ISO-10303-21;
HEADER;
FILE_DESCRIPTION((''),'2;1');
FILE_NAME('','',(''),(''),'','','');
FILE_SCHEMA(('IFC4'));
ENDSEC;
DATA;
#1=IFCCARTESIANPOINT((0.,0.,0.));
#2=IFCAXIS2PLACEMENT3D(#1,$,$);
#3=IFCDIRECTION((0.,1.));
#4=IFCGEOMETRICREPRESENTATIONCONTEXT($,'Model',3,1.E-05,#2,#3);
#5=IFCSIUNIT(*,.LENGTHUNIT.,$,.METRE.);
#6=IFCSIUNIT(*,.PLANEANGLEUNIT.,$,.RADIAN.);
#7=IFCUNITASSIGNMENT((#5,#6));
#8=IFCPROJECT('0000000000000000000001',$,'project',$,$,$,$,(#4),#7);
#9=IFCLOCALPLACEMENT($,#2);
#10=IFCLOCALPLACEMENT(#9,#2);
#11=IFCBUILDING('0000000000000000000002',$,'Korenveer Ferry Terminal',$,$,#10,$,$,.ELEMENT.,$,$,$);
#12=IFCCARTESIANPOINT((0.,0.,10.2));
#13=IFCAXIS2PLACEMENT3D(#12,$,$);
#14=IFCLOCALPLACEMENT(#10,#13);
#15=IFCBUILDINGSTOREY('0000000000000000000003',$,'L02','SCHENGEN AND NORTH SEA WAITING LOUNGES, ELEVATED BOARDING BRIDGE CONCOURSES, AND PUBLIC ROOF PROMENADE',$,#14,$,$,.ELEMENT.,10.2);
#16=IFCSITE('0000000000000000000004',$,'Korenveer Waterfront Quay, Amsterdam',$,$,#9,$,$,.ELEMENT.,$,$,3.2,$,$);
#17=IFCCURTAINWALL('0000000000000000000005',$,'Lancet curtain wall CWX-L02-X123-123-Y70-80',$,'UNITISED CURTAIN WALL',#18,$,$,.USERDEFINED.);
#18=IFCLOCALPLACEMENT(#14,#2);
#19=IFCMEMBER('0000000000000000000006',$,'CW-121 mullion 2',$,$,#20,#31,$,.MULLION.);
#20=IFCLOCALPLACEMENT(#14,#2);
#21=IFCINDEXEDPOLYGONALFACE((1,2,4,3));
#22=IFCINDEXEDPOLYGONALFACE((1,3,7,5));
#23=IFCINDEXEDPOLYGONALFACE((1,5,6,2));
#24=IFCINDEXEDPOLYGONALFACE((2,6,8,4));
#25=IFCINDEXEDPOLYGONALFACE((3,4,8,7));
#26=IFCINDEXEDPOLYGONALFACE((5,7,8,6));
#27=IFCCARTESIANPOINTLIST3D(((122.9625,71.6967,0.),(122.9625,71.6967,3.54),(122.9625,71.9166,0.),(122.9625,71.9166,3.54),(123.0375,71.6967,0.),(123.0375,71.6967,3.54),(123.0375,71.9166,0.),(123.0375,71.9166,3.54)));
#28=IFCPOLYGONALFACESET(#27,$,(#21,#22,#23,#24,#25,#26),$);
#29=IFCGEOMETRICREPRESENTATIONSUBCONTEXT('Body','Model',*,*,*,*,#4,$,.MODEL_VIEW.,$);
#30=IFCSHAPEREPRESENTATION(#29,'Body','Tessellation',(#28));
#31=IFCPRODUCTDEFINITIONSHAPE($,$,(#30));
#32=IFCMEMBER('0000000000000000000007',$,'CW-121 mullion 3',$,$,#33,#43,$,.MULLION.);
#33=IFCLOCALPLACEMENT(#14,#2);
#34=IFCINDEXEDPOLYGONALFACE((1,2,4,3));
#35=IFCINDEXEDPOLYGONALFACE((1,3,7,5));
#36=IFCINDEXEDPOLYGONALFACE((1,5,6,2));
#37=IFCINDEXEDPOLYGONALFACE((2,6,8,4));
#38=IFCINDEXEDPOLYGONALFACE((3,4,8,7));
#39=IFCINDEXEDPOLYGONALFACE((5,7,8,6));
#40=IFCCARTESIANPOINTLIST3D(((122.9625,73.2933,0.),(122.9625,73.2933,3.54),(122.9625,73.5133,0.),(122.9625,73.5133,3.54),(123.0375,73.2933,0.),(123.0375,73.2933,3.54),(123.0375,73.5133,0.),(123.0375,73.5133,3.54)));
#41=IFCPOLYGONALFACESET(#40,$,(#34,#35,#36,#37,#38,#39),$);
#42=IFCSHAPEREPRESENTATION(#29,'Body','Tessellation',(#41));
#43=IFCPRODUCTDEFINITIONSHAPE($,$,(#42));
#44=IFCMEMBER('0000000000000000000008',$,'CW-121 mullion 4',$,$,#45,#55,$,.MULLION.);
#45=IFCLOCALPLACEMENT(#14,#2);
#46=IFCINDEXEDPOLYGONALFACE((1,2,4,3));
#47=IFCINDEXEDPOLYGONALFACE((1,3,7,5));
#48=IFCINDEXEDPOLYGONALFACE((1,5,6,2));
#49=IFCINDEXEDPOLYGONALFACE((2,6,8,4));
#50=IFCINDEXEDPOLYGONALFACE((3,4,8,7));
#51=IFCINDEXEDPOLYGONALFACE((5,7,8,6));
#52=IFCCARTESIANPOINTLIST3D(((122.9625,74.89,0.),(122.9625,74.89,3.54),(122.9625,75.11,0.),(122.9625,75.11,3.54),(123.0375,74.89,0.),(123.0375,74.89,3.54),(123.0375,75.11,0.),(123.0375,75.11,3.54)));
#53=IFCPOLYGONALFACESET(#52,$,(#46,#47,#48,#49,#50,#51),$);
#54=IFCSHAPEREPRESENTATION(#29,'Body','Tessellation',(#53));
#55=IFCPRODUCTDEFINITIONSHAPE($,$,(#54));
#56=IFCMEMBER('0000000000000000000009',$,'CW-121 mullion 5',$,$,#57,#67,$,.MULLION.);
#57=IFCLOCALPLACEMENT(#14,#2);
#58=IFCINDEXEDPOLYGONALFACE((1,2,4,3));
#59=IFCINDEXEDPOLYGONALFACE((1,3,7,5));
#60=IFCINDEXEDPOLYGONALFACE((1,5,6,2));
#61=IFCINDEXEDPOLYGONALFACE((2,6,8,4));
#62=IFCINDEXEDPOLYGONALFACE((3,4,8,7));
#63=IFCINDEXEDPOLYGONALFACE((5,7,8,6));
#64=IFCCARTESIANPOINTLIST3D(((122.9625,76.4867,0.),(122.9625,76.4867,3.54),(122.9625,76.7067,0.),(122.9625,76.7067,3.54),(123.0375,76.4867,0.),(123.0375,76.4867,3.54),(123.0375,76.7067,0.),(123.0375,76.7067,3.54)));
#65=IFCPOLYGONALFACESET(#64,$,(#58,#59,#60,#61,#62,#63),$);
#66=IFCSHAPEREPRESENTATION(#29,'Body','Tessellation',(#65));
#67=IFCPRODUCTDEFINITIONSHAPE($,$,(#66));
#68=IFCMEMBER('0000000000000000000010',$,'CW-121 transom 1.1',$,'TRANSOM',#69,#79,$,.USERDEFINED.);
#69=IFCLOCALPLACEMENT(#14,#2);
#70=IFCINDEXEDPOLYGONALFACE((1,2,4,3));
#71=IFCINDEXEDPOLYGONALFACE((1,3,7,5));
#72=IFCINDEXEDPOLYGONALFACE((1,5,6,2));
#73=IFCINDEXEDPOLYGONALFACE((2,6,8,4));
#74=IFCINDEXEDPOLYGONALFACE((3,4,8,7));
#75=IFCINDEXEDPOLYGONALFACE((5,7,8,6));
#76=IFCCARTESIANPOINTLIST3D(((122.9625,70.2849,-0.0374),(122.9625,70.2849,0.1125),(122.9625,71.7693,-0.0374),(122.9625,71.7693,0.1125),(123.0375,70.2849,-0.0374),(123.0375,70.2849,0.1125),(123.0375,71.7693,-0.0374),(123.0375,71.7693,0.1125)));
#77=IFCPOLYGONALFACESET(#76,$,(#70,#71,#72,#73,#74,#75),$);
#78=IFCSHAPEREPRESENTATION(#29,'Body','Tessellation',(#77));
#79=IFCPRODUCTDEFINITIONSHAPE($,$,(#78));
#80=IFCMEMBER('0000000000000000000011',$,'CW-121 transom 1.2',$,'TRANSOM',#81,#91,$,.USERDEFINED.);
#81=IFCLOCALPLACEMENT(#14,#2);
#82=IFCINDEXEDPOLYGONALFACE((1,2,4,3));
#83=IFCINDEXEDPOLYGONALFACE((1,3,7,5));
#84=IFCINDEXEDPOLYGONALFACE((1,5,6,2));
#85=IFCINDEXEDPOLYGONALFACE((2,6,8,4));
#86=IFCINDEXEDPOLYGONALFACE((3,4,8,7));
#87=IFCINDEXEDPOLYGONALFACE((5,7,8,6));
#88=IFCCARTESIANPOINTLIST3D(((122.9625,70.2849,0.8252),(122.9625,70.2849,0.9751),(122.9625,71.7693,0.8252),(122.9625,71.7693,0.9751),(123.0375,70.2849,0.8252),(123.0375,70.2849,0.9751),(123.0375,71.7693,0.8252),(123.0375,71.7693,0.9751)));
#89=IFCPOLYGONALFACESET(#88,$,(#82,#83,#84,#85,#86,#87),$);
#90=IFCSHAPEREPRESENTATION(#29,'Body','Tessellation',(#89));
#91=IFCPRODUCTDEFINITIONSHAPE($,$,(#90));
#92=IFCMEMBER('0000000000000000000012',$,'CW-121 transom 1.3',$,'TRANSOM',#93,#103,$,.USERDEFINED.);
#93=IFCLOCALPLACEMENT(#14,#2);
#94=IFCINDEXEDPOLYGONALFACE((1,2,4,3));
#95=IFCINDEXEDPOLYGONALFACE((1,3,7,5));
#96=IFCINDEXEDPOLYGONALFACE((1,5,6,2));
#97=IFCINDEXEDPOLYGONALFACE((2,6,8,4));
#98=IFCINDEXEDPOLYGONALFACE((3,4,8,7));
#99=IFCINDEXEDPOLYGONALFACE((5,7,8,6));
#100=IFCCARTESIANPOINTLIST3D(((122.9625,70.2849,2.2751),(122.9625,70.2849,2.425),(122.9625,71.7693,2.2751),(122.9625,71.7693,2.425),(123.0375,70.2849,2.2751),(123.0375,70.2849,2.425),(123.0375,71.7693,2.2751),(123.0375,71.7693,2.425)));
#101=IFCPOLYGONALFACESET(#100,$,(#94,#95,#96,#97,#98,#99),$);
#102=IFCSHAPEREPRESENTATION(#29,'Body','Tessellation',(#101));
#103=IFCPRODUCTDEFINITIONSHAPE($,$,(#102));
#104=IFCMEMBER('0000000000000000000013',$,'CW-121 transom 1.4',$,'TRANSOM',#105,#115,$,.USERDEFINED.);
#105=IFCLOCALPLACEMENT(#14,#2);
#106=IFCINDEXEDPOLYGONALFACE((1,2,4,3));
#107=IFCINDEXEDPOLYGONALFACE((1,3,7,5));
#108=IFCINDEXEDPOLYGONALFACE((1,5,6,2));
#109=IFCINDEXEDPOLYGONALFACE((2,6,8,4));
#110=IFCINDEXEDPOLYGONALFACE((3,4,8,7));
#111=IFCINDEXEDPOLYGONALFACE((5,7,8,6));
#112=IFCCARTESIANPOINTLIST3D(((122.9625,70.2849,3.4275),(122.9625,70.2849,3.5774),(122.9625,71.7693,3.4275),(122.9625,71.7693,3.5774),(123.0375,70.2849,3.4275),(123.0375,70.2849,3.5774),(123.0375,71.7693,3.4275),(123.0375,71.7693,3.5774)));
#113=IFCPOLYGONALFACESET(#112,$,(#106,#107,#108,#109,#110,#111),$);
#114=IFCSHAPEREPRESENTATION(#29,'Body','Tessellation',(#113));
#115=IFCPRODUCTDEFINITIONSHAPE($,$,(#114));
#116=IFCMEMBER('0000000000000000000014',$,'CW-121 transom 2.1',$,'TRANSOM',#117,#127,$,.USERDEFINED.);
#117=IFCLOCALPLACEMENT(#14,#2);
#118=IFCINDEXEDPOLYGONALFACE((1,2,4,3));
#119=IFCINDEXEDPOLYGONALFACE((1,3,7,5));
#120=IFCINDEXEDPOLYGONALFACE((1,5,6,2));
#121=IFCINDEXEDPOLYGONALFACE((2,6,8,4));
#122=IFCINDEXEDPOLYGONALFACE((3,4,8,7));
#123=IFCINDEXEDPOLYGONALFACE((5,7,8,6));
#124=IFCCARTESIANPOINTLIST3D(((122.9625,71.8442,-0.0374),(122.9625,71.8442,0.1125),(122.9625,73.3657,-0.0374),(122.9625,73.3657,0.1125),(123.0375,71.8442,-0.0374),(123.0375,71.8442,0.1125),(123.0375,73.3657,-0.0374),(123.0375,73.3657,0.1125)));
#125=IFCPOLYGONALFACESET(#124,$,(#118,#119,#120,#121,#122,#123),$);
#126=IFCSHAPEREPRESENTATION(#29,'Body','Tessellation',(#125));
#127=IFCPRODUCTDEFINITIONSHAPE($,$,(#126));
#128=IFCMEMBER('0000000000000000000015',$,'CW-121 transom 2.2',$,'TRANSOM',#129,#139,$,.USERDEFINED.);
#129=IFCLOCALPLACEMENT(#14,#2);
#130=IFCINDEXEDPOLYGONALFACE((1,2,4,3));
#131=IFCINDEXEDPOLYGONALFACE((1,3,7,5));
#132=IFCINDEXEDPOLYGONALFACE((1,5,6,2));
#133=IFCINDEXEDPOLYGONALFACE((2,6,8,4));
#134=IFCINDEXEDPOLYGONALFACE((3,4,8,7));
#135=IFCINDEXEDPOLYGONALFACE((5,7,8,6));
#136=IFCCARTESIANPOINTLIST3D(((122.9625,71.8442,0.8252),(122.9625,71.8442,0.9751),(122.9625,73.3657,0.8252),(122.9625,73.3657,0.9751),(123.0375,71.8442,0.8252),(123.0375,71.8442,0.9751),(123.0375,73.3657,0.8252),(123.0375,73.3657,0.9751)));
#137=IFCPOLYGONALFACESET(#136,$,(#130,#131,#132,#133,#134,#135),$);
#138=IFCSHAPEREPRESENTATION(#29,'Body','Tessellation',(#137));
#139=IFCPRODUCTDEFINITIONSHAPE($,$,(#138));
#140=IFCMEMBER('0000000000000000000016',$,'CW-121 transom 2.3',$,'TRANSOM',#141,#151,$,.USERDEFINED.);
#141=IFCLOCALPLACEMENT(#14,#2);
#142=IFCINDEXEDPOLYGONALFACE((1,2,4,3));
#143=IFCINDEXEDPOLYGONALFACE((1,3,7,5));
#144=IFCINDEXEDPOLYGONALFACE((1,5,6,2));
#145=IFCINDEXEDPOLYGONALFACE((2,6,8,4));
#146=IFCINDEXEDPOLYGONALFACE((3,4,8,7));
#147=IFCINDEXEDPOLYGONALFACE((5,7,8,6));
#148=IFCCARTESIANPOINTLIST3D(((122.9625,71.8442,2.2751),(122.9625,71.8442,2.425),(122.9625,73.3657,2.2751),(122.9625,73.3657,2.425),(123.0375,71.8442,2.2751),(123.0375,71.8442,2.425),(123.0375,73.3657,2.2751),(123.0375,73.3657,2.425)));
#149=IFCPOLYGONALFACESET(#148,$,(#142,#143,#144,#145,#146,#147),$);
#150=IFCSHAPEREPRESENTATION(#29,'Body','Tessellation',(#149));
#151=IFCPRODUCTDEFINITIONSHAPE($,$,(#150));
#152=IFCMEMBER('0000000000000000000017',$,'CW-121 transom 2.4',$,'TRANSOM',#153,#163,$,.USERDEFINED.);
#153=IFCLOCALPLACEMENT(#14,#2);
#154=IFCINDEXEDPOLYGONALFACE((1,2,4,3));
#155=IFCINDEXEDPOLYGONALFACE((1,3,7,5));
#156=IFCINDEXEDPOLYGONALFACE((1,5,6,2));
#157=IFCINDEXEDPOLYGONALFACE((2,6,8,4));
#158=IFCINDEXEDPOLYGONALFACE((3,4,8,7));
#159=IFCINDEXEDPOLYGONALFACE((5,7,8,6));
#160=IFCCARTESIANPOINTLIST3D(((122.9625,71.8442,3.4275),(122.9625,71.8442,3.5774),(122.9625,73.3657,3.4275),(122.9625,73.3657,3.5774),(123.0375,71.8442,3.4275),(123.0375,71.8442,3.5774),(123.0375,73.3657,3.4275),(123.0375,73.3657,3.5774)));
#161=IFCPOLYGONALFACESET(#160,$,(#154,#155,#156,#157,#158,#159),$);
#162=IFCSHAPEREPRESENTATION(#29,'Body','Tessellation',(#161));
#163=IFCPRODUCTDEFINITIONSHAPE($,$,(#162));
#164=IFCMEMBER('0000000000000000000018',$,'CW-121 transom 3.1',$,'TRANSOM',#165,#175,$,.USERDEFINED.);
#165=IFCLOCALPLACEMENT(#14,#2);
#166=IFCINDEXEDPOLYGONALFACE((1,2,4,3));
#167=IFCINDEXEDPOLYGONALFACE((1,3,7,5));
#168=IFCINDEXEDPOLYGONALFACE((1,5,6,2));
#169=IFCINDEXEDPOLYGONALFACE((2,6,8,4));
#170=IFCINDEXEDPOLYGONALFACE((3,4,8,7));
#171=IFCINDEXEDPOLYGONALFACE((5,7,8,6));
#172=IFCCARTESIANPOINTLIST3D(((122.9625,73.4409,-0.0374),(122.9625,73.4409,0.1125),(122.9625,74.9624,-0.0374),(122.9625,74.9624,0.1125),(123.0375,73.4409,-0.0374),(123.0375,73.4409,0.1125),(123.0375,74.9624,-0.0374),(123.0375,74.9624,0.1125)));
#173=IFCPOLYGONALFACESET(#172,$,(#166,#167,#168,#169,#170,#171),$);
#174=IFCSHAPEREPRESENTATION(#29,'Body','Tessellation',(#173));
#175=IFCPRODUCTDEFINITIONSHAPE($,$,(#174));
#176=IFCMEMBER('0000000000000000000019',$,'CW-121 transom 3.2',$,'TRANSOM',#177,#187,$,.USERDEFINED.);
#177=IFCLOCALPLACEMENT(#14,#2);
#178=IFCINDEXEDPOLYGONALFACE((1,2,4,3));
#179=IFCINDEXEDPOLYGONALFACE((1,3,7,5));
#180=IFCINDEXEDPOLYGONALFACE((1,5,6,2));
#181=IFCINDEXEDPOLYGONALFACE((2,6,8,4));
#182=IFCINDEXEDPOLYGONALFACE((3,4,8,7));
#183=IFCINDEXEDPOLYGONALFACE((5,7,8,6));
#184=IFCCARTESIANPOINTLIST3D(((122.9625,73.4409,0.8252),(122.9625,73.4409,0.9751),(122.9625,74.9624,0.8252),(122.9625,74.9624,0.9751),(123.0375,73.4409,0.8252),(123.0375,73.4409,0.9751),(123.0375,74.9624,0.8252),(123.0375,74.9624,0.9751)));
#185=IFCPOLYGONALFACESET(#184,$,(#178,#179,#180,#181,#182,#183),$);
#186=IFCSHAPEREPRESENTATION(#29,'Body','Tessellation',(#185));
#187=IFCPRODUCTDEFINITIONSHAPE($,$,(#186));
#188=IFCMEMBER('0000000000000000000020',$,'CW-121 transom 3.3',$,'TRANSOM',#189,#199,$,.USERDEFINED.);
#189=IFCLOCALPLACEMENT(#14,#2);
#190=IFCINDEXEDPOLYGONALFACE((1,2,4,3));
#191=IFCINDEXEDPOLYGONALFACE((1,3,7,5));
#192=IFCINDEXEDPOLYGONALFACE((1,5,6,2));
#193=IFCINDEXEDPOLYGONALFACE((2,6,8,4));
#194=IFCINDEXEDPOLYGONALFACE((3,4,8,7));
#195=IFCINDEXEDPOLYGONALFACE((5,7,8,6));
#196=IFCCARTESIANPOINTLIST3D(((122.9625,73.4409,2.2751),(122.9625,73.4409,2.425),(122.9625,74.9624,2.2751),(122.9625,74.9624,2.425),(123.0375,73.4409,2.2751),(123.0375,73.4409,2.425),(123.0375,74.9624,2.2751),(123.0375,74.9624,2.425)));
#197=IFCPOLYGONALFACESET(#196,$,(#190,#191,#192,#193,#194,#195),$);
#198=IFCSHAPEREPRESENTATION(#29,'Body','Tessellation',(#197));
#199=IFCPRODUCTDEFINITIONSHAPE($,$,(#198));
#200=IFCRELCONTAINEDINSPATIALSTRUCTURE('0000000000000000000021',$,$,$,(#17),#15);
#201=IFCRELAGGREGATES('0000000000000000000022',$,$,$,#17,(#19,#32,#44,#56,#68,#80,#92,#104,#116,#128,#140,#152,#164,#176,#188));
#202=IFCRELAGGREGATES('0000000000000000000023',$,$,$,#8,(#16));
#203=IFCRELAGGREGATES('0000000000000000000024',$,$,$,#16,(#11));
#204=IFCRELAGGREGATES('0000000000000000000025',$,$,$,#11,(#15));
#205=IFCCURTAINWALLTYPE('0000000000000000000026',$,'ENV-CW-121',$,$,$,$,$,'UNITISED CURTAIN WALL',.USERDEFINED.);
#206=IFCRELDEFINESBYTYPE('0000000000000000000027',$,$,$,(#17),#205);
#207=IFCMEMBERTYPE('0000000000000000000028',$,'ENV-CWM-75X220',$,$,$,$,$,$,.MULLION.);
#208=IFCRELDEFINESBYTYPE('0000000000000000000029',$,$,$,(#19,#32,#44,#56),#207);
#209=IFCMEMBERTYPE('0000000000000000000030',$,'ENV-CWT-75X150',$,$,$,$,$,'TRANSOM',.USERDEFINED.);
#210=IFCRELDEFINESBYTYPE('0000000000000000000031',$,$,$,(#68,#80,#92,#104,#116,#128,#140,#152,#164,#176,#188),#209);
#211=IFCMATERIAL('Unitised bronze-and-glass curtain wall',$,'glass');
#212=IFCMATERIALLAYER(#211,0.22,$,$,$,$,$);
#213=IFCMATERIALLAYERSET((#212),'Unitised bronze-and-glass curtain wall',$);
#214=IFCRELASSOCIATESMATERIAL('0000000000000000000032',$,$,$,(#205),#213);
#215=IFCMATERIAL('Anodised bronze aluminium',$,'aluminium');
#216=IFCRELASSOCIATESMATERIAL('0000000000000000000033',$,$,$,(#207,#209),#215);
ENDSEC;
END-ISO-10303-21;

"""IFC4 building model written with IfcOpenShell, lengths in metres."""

from ifc_helpers import new_model, si_unit, direction, frame, origin, origin_2d, place, context, subcontext, project, spatial, rectangle, extrude, material, layer, layer_set, material_profile, profile_set, type_object, element, aggregate, save


model = new_model("IFC4")

# Units and contexts
model_context = context("Model", 3, precision=1e-05, world=origin(), true_north=direction((0.0, 1.0)))
body_context = subcontext(model_context, "Body", "Model", "MODEL_VIEW")
ifc_project = project(units=[si_unit("LENGTHUNIT", "METRE"), si_unit("PLANEANGLEUNIT", "RADIAN")], contexts=[model_context])

# Site, building, storey
site_placement = place(None, origin())
site = spatial("IfcSite", under=ifc_project, at=site_placement, Name="Korenveer Waterfront Quay, Amsterdam", CompositionType="ELEMENT", RefElevation=3.2)
building_placement = place(site_placement, origin())
building = spatial("IfcBuilding", under=site, at=building_placement, Name="Korenveer Ferry Terminal", CompositionType="ELEMENT")
storey_placement = place(building_placement, frame((0.0, 0.0, 10.2)))
storey = spatial("IfcBuildingStorey", under=building, at=storey_placement, Name="L02", Description="SCHENGEN AND NORTH SEA WAITING LOUNGES, ELEVATED BOARDING BRIDGE CONCOURSES, AND PUBLIC ROOF PROMENADE", CompositionType="ELEMENT", Elevation=10.2)

# Curtain wall, members
ifc_material_1 = material(Name="Unitised bronze-and-glass curtain wall", Category="glass")
ifc_layer_1 = layer(ifc_material_1, 0.22)
ifc_layer_set_1 = layer_set([ifc_layer_1], Name="Unitised bronze-and-glass curtain wall")
curtain_wall_type = type_object("IfcCurtainWallType", Name="ENV-CW-121", ElementType="UNITISED CURTAIN WALL", PredefinedType="USERDEFINED", material=ifc_layer_set_1)
curtain_wall_placement = place(storey_placement, frame((123.0, 70.21, 0.0)))
curtain_wall = element("IfcCurtainWall", 1, at=curtain_wall_placement, inside=storey, type_object=curtain_wall_type, Name="Lancet curtain wall CWX-L02-X123-123-Y70-80", ObjectType="UNITISED CURTAIN WALL", PredefinedType="USERDEFINED")
ifc_material_2 = material(Name="Anodised bronze aluminium", Category="aluminium")
ifc_material_profile_1 = material_profile(ifc_material_2, rectangle(XDim=0.075, YDim=0.22, at=origin_2d()), Name="ALU 75x220")
ifc_profile_set_1 = profile_set([ifc_material_profile_1], Name="Anodised bronze aluminium")
member_type_1 = type_object("IfcMemberType", Name="ENV-CWM-75X220", PredefinedType="MULLION", material=ifc_profile_set_1)
member_1_placement = place(storey_placement, frame((123.0, 71.8066, 0.0), z_axis=(0.0, 0.0, 1.0), x_axis=(-1.0, 0.0, 0.0)))
member_1 = element("IfcMember", 2, at=member_1_placement, type_object=member_type_1, Name="CW-121 mullion 2", PredefinedType="MULLION", context=body_context, shape_type="SweptSolid", body=[
    extrude(rectangle(XDim=0.075, YDim=0.22, at=origin_2d()), origin(), (0.0, 0.0, 1.0), 3.54),
])
member_2_placement = place(storey_placement, frame((123.0, 73.4033, 0.0), z_axis=(0.0, 0.0, 1.0), x_axis=(-1.0, 0.0, 0.0)))
member_2 = element("IfcMember", 3, at=member_2_placement, type_object=member_type_1, Name="CW-121 mullion 3", PredefinedType="MULLION", context=body_context, shape_type="SweptSolid", body=[
    extrude(rectangle(XDim=0.075, YDim=0.22, at=origin_2d()), origin(), (0.0, 0.0, 1.0), 3.54),
])
member_3_placement = place(storey_placement, frame((123.0, 75.0, 0.0), z_axis=(0.0, 0.0, 1.0), x_axis=(-1.0, 0.0, 0.0)))
member_3 = element("IfcMember", 4, at=member_3_placement, type_object=member_type_1, Name="CW-121 mullion 4", PredefinedType="MULLION", context=body_context, shape_type="SweptSolid", body=[
    extrude(rectangle(XDim=0.075, YDim=0.22, at=origin_2d()), origin(), (0.0, 0.0, 1.0), 3.54),
])
member_4_placement = place(storey_placement, frame((123.0, 76.5967, 0.0), z_axis=(0.0, 0.0, 1.0), x_axis=(-1.0, 0.0, 0.0)))
member_4 = element("IfcMember", 5, at=member_4_placement, type_object=member_type_1, Name="CW-121 mullion 5", PredefinedType="MULLION", context=body_context, shape_type="SweptSolid", body=[
    extrude(rectangle(XDim=0.075, YDim=0.22, at=origin_2d()), origin(), (0.0, 0.0, 1.0), 3.54),
])
ifc_material_profile_2 = material_profile(ifc_material_2, rectangle(XDim=0.075, YDim=0.1499, at=origin_2d()), Name="ALU 75x150")
ifc_profile_set_2 = profile_set([ifc_material_profile_2], Name="Anodised bronze aluminium")
member_type_2 = type_object("IfcMemberType", Name="ENV-CWT-75X150", ElementType="TRANSOM", PredefinedType="USERDEFINED", material=ifc_profile_set_2)
member_5_placement = place(storey_placement, frame((123.0, 70.2849, 0.0376), z_axis=(0.0, 1.0, 0.0), x_axis=(-1.0, 0.0, 0.0)))
member_5 = element("IfcMember", 6, at=member_5_placement, type_object=member_type_2, Name="CW-121 transom 1.1", ObjectType="TRANSOM", PredefinedType="USERDEFINED", context=body_context, shape_type="SweptSolid", body=[
    extrude(rectangle(XDim=0.075, YDim=0.1499, at=origin_2d()), origin(), (0.0, 0.0, 1.0), 1.4844),
])
member_6_placement = place(storey_placement, frame((123.0, 70.2849, 0.9001), z_axis=(0.0, 1.0, 0.0), x_axis=(-1.0, 0.0, 0.0)))
member_6 = element("IfcMember", 7, at=member_6_placement, type_object=member_type_2, Name="CW-121 transom 1.2", ObjectType="TRANSOM", PredefinedType="USERDEFINED", context=body_context, shape_type="SweptSolid", body=[
    extrude(rectangle(XDim=0.075, YDim=0.1499, at=origin_2d()), origin(), (0.0, 0.0, 1.0), 1.4844),
])
member_7_placement = place(storey_placement, frame((123.0, 70.2849, 2.3501), z_axis=(0.0, 1.0, 0.0), x_axis=(-1.0, 0.0, 0.0)))
member_7 = element("IfcMember", 8, at=member_7_placement, type_object=member_type_2, Name="CW-121 transom 1.3", ObjectType="TRANSOM", PredefinedType="USERDEFINED", context=body_context, shape_type="SweptSolid", body=[
    extrude(rectangle(XDim=0.075, YDim=0.1499, at=origin_2d()), origin(), (0.0, 0.0, 1.0), 1.4844),
])
member_8_placement = place(storey_placement, frame((123.0, 70.2849, 3.5024), z_axis=(0.0, 1.0, 0.0), x_axis=(-1.0, 0.0, 0.0)))
member_8 = element("IfcMember", 9, at=member_8_placement, type_object=member_type_2, Name="CW-121 transom 1.4", ObjectType="TRANSOM", PredefinedType="USERDEFINED", context=body_context, shape_type="SweptSolid", body=[
    extrude(rectangle(XDim=0.075, YDim=0.1499, at=origin_2d()), origin(), (0.0, 0.0, 1.0), 1.4844),
])
member_9_placement = place(storey_placement, frame((123.0, 71.8442, 0.0376), z_axis=(0.0, 1.0, 0.0), x_axis=(-1.0, 0.0, 0.0)))
member_9 = element("IfcMember", 10, at=member_9_placement, type_object=member_type_2, Name="CW-121 transom 2.1", ObjectType="TRANSOM", PredefinedType="USERDEFINED", context=body_context, shape_type="SweptSolid", body=[
    extrude(rectangle(XDim=0.075, YDim=0.1499, at=origin_2d()), origin(), (0.0, 0.0, 1.0), 1.5215),
])
member_10_placement = place(storey_placement, frame((123.0, 71.8442, 0.9001), z_axis=(0.0, 1.0, 0.0), x_axis=(-1.0, 0.0, 0.0)))
member_10 = element("IfcMember", 11, at=member_10_placement, type_object=member_type_2, Name="CW-121 transom 2.2", ObjectType="TRANSOM", PredefinedType="USERDEFINED", context=body_context, shape_type="SweptSolid", body=[
    extrude(rectangle(XDim=0.075, YDim=0.1499, at=origin_2d()), origin(), (0.0, 0.0, 1.0), 1.5215),
])
member_11_placement = place(storey_placement, frame((123.0, 71.8442, 2.3501), z_axis=(0.0, 1.0, 0.0), x_axis=(-1.0, 0.0, 0.0)))
member_11 = element("IfcMember", 12, at=member_11_placement, type_object=member_type_2, Name="CW-121 transom 2.3", ObjectType="TRANSOM", PredefinedType="USERDEFINED", context=body_context, shape_type="SweptSolid", body=[
    extrude(rectangle(XDim=0.075, YDim=0.1499, at=origin_2d()), origin(), (0.0, 0.0, 1.0), 1.5215),
])
member_12_placement = place(storey_placement, frame((123.0, 71.8442, 3.5024), z_axis=(0.0, 1.0, 0.0), x_axis=(-1.0, 0.0, 0.0)))
member_12 = element("IfcMember", 13, at=member_12_placement, type_object=member_type_2, Name="CW-121 transom 2.4", ObjectType="TRANSOM", PredefinedType="USERDEFINED", context=body_context, shape_type="SweptSolid", body=[
    extrude(rectangle(XDim=0.075, YDim=0.1499, at=origin_2d()), origin(), (0.0, 0.0, 1.0), 1.5215),
])
member_13_placement = place(storey_placement, frame((123.0, 73.4409, 0.0376), z_axis=(0.0, 1.0, 0.0), x_axis=(-1.0, 0.0, 0.0)))
member_13 = element("IfcMember", 14, at=member_13_placement, type_object=member_type_2, Name="CW-121 transom 3.1", ObjectType="TRANSOM", PredefinedType="USERDEFINED", context=body_context, shape_type="SweptSolid", body=[
    extrude(rectangle(XDim=0.075, YDim=0.1499, at=origin_2d()), origin(), (0.0, 0.0, 1.0), 1.5215),
])
member_14_placement = place(storey_placement, frame((123.0, 73.4409, 0.9001), z_axis=(0.0, 1.0, 0.0), x_axis=(-1.0, 0.0, 0.0)))
member_14 = element("IfcMember", 15, at=member_14_placement, type_object=member_type_2, Name="CW-121 transom 3.2", ObjectType="TRANSOM", PredefinedType="USERDEFINED", context=body_context, shape_type="SweptSolid", body=[
    extrude(rectangle(XDim=0.075, YDim=0.1499, at=origin_2d()), origin(), (0.0, 0.0, 1.0), 1.5215),
])
member_15_placement = place(storey_placement, frame((123.0, 73.4409, 2.3501), z_axis=(0.0, 1.0, 0.0), x_axis=(-1.0, 0.0, 0.0)))
member_15 = element("IfcMember", 16, at=member_15_placement, type_object=member_type_2, Name="CW-121 transom 3.3", ObjectType="TRANSOM", PredefinedType="USERDEFINED", context=body_context, shape_type="SweptSolid", body=[
    extrude(rectangle(XDim=0.075, YDim=0.1499, at=origin_2d()), origin(), (0.0, 0.0, 1.0), 1.5215),
])
aggregate(curtain_wall, [member_1, member_2, member_3, member_4, member_5, member_6, member_7, member_8, member_9, member_10, member_11, member_12, member_13, member_14, member_15])

save(model, "model.ifc")
